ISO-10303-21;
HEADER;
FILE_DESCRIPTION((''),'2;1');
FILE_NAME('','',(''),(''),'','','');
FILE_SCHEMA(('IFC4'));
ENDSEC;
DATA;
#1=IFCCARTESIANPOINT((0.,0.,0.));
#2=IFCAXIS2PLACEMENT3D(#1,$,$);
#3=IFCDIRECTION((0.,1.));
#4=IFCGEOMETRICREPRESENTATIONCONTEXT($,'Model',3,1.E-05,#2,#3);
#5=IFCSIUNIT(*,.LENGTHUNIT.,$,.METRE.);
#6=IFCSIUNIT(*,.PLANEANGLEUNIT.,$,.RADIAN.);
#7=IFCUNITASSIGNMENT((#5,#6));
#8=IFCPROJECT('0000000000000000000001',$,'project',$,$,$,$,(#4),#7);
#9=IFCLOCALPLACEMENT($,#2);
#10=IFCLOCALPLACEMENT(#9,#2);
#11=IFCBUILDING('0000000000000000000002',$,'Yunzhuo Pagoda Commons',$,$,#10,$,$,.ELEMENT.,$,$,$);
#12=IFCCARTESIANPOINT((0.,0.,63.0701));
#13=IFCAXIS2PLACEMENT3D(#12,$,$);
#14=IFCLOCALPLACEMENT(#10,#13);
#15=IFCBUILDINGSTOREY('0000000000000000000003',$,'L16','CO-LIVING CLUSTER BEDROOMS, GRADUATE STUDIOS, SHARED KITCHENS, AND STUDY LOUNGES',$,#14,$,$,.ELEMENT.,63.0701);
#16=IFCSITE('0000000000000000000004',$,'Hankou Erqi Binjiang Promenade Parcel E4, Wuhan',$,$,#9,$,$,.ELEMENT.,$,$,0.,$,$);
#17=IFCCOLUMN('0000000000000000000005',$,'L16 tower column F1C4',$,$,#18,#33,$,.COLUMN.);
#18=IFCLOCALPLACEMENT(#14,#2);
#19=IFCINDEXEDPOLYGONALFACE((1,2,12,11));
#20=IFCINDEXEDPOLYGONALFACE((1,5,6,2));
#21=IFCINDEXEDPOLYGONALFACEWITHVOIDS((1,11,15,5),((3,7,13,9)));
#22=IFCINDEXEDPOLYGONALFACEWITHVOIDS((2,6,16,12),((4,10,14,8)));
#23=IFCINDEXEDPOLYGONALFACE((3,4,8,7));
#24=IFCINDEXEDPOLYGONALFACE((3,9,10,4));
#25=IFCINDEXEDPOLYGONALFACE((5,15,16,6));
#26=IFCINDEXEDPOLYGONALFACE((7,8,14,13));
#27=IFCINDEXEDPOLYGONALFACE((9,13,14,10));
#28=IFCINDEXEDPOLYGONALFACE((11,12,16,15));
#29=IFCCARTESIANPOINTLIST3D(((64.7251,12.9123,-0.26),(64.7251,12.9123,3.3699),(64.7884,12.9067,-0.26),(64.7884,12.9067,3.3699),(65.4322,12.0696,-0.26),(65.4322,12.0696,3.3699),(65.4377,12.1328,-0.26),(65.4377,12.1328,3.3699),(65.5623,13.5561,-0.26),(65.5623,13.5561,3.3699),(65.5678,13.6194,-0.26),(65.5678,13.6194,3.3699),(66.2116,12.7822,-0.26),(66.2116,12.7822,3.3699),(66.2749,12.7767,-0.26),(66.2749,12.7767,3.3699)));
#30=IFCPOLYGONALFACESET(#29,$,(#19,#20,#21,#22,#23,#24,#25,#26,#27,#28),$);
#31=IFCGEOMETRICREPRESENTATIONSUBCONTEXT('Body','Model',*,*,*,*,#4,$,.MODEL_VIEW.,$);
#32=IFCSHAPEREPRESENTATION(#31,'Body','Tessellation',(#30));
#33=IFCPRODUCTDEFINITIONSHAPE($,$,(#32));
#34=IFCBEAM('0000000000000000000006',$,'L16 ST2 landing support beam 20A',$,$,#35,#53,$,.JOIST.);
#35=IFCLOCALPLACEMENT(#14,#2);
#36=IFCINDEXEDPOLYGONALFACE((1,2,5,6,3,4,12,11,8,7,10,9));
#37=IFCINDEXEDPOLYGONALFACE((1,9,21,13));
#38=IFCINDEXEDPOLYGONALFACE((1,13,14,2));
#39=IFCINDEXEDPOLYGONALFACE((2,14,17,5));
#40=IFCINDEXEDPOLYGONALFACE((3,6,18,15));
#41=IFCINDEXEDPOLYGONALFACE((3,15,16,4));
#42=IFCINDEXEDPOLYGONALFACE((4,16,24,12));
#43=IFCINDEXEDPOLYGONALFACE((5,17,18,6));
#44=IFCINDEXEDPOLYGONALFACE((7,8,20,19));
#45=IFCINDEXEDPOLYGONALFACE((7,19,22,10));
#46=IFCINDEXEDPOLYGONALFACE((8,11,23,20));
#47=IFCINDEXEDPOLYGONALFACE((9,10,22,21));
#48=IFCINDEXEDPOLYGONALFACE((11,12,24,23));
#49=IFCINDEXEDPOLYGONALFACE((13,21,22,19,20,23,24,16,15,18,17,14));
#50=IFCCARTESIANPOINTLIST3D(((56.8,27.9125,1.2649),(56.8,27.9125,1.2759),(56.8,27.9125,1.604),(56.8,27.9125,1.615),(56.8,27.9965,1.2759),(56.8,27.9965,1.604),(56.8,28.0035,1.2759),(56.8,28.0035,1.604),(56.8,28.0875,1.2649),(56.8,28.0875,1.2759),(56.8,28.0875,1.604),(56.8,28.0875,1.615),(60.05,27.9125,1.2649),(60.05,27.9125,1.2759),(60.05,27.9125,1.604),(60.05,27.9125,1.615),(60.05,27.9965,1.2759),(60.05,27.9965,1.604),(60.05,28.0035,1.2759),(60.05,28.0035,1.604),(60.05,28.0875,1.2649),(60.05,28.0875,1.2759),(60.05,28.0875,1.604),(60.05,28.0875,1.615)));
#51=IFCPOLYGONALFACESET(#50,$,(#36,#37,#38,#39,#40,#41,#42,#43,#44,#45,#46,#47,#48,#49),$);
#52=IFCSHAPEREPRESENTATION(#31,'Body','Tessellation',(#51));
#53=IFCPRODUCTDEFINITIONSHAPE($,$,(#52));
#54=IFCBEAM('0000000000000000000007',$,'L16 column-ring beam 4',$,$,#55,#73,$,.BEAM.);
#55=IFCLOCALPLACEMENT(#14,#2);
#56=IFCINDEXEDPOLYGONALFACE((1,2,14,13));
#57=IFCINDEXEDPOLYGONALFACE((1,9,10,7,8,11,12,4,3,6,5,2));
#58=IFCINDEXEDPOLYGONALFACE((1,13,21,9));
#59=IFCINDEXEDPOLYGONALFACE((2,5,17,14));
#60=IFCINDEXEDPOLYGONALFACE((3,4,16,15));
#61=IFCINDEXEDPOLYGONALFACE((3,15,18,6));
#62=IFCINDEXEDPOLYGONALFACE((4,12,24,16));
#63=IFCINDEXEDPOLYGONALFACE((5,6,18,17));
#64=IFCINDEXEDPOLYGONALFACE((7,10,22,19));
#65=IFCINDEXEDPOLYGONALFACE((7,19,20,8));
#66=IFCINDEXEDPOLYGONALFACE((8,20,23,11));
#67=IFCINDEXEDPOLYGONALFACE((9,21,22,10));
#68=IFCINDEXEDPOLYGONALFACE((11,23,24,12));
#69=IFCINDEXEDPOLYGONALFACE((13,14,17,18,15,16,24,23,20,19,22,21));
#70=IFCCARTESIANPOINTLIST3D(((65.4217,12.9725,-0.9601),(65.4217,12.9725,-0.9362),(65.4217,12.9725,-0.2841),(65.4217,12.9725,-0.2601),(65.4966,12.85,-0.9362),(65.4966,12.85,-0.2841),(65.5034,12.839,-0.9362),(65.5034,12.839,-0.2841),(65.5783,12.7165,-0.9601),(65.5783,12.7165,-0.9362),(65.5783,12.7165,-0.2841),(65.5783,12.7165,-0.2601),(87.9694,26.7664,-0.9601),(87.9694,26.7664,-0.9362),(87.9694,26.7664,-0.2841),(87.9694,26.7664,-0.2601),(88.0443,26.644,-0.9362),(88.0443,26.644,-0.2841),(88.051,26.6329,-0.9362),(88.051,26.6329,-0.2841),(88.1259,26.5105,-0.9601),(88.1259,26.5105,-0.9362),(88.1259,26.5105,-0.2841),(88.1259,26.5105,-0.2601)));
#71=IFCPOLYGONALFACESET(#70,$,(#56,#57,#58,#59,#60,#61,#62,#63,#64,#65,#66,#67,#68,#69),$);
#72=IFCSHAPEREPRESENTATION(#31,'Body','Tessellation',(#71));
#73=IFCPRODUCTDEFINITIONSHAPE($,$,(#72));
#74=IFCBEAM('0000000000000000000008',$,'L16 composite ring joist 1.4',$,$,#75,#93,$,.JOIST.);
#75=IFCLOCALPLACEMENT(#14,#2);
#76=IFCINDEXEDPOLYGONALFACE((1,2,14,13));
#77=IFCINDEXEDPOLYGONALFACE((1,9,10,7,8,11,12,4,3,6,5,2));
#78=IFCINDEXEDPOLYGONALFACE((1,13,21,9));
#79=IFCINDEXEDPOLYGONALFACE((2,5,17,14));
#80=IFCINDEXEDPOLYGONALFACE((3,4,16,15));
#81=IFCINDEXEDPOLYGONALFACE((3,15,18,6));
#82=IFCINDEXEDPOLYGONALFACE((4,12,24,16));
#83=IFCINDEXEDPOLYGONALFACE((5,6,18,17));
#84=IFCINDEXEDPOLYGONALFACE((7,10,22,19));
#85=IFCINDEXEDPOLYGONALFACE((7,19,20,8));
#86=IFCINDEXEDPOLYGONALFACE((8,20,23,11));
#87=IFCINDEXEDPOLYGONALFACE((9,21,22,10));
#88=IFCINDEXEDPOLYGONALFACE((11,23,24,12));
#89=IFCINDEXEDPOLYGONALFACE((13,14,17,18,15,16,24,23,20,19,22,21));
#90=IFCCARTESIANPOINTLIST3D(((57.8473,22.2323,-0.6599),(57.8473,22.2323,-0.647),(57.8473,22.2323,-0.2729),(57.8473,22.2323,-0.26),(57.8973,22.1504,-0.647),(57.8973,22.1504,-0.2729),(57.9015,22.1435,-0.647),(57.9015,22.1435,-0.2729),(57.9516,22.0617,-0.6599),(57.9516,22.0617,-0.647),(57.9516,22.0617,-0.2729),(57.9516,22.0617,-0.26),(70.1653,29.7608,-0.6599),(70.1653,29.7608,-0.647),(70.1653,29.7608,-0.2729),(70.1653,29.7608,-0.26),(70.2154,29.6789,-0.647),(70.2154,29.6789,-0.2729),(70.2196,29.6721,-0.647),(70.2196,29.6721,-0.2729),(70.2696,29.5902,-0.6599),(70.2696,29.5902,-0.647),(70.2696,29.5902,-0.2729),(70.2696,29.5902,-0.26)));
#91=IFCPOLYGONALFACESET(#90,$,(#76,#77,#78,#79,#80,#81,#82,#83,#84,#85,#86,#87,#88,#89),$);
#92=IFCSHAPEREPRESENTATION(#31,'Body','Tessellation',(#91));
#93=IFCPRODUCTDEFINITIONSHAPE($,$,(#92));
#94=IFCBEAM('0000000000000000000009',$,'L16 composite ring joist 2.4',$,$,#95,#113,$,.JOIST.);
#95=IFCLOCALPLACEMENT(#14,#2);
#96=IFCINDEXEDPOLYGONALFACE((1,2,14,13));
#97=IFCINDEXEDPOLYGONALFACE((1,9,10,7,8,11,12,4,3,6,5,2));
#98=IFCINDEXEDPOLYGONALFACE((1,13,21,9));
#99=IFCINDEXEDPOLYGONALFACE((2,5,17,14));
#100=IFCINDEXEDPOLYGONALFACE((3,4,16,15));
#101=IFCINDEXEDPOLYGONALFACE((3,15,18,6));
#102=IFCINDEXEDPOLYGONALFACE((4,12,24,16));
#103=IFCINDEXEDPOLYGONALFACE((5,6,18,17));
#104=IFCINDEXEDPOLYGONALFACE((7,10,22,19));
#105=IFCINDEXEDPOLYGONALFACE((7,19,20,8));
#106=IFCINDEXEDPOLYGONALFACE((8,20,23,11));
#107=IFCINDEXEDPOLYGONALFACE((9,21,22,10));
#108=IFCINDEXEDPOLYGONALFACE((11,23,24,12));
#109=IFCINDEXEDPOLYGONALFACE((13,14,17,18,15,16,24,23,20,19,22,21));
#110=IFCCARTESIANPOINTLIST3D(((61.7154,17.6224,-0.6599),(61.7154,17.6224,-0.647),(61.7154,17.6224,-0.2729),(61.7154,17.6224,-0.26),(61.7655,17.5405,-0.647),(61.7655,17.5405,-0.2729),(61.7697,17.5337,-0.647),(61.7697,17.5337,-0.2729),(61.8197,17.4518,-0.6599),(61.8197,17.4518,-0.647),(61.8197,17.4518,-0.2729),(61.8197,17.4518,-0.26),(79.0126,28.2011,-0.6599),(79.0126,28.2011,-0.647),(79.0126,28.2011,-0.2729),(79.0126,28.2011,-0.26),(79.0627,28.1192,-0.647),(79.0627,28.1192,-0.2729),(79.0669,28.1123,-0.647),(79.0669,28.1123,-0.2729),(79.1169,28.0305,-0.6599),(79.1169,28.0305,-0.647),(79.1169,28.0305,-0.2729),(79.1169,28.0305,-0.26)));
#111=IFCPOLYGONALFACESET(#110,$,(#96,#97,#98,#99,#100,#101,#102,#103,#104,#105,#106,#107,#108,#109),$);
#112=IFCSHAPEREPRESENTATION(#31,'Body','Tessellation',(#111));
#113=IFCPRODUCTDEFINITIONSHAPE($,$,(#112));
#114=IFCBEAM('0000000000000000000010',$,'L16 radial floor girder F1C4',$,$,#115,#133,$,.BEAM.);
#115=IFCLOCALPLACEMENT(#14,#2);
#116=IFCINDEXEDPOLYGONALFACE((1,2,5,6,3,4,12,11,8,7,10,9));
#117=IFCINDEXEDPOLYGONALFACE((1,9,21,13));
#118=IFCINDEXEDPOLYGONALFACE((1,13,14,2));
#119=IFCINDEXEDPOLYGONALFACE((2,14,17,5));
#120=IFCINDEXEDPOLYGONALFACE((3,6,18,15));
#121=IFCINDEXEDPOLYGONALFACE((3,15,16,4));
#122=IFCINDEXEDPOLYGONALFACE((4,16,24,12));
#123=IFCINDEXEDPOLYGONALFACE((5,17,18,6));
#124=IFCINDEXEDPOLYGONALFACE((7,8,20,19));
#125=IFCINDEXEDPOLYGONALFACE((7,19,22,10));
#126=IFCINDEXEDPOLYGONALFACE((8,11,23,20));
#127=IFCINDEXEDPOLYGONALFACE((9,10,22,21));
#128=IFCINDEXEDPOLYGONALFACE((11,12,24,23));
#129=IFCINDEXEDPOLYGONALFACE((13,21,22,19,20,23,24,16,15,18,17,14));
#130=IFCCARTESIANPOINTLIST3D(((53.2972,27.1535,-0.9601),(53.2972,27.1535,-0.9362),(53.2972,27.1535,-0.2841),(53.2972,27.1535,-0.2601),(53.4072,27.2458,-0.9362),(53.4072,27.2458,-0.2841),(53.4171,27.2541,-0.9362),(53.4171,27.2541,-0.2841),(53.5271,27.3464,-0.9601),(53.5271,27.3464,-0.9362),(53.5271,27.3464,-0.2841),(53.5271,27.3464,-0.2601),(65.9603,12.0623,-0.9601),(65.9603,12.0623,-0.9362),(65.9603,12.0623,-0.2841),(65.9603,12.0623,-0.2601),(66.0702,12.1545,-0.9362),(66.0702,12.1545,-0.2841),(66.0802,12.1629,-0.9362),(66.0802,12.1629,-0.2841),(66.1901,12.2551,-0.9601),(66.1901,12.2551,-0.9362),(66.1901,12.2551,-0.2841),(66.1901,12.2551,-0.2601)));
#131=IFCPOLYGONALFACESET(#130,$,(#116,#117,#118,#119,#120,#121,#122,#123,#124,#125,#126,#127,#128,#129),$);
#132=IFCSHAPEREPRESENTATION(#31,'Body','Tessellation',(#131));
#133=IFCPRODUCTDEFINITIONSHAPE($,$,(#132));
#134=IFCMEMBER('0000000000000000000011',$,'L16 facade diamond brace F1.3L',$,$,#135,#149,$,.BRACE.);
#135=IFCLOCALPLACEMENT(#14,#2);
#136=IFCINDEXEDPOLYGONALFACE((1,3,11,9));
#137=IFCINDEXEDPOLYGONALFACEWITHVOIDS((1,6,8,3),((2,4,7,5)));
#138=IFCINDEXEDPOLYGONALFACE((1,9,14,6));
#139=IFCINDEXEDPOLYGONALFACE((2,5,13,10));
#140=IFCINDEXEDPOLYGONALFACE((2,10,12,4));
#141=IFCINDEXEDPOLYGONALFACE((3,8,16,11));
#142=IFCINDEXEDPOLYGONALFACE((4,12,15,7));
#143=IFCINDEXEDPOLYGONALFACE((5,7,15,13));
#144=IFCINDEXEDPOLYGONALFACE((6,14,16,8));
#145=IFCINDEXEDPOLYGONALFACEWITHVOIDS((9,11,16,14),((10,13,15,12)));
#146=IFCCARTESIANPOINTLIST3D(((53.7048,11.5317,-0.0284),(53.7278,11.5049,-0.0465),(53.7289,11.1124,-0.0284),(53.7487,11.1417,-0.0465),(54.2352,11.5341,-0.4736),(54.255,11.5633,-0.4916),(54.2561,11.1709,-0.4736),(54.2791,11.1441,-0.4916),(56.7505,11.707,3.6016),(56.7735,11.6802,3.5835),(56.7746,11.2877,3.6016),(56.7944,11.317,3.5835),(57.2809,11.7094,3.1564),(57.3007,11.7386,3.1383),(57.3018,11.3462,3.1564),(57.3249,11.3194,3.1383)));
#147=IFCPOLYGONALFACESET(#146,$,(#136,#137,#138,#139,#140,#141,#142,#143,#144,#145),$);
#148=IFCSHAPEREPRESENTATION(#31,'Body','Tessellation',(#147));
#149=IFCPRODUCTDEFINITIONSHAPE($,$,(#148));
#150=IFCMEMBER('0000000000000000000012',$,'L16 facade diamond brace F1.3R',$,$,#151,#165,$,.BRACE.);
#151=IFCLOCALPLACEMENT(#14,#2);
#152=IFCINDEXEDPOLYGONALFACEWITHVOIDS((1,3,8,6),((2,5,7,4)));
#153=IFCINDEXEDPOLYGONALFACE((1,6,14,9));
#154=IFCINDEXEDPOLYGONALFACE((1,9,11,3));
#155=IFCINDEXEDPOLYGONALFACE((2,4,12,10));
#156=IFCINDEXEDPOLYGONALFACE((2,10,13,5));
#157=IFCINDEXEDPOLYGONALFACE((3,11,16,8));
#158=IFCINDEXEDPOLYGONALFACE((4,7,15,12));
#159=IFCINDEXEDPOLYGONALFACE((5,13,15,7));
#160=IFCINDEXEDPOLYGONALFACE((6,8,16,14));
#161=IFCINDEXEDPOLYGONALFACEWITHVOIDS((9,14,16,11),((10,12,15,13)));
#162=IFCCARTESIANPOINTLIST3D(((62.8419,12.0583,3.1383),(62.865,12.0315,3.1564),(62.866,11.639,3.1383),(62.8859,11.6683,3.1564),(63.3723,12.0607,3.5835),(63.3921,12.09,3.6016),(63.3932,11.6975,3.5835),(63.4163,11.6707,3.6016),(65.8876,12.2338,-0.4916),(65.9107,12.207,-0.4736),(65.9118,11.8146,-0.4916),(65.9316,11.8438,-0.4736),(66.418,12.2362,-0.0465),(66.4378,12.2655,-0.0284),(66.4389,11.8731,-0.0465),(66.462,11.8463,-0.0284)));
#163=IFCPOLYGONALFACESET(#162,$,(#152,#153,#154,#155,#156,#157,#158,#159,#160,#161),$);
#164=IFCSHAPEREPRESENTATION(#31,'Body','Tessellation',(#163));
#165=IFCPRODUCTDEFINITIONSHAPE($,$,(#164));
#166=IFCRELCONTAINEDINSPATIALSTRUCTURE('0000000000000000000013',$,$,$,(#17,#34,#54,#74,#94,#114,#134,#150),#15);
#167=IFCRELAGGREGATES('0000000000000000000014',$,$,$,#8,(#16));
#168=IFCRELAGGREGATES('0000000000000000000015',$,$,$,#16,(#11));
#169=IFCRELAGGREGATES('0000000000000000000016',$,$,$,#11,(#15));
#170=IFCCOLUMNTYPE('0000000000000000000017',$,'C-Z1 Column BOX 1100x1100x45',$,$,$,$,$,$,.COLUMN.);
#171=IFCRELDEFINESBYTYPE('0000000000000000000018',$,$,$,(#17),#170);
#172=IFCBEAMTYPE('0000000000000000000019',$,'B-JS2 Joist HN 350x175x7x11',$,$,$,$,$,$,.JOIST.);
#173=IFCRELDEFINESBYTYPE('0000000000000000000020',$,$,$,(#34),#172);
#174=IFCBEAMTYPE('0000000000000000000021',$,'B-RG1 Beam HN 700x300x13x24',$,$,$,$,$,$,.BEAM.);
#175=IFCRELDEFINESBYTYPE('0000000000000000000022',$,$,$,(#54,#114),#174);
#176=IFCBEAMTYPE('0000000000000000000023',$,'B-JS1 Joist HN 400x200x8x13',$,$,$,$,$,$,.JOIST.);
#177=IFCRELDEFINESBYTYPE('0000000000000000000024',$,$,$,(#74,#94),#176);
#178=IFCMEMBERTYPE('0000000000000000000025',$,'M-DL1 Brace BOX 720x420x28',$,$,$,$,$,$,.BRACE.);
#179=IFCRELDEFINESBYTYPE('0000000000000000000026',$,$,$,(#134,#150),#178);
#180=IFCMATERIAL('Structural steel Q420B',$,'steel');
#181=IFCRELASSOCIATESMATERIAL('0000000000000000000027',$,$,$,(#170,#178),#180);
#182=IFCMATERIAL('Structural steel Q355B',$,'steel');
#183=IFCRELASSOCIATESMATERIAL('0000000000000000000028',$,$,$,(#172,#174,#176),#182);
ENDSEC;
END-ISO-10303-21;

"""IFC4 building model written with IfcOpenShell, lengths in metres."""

from ifc_helpers import new_model, si_unit, direction, frame, origin, origin_2d, place, context, subcontext, project, spatial, hollow_rectangle, i_section, extrude, source, transform, mapped, material, material_profile, profile_set, type_object, element, save


model = new_model("IFC4")

# Units and contexts
model_context = context("Model", 3, precision=1e-05, world=origin(), true_north=direction((0.0, 1.0)))
body_context = subcontext(model_context, "Body", "Model", "MODEL_VIEW")
ifc_project = project(units=[si_unit("LENGTHUNIT", "METRE"), si_unit("PLANEANGLEUNIT", "RADIAN")], contexts=[model_context])

# Site, building, storey
site_placement = place(None, origin())
site = spatial("IfcSite", under=ifc_project, at=site_placement, Name="Hankou Erqi Binjiang Promenade Parcel E4, Wuhan", CompositionType="ELEMENT", RefElevation=0.0)
building_placement = place(site_placement, origin())
building = spatial("IfcBuilding", under=site, at=building_placement, Name="Yunzhuo Pagoda Commons", CompositionType="ELEMENT")
storey_placement = place(building_placement, frame((0.0, 0.0, 63.0701)))
storey = spatial("IfcBuildingStorey", under=building, at=storey_placement, Name="L16", Description="CO-LIVING CLUSTER BEDROOMS, GRADUATE STUDIOS, SHARED KITCHENS, AND STUDY LOUNGES", CompositionType="ELEMENT", Elevation=63.0701)

# Column
ifc_material_1 = material(Name="Structural steel Q420B", Category="steel")
ifc_material_profile_1 = material_profile(ifc_material_1, hollow_rectangle(XDim=1.1001, YDim=1.1001, WallThickness=0.0449, at=origin_2d()), Name="Structural steel Q420B")
ifc_profile_set_1 = profile_set([ifc_material_profile_1], Name="Structural steel Q420B")
column_type = type_object("IfcColumnType", Name="C-Z1 Column BOX 1100x1100x45", PredefinedType="COLUMN", material=ifc_profile_set_1)
shared_shape_1 = source(origin(), body_context, "Body", "SweptSolid", [
    extrude(hollow_rectangle(XDim=1.1001, YDim=1.1001, WallThickness=0.0449, at=origin_2d()), origin(), (0.0, 0.0, 1.0), 3.6299),
])
column_placement = place(storey_placement, frame((65.5, 12.8445, -0.26), z_axis=(0.0, 0.0, 1.0), x_axis=(0.766044, 0.642788, 0.0)))
element("IfcColumn", 1, at=column_placement, inside=storey, type_object=column_type, Name="L16 tower column F1C4", PredefinedType="COLUMN", context=body_context, shape_type="MappedRepresentation", body=[
    mapped(shared_shape_1, transform((0.0, 0.0, 0.0), scale=1.0)),
])

# Beams
ifc_material_2 = material(Name="Structural steel Q355B", Category="steel")
ifc_material_profile_2 = material_profile(ifc_material_2, i_section(OverallWidth=0.175, OverallDepth=0.3501, WebThickness=0.0071, FlangeThickness=0.011, at=origin_2d()), Name="Structural steel Q355B")
ifc_profile_set_2 = profile_set([ifc_material_profile_2], Name="Structural steel Q355B")
beam_type_1 = type_object("IfcBeamType", Name="B-JS2 Joist HN 350x175x7x11", PredefinedType="JOIST", material=ifc_profile_set_2)
shared_shape_2 = source(origin(), body_context, "Body", "SweptSolid", [
    extrude(i_section(OverallWidth=0.175, OverallDepth=0.3501, WebThickness=0.0071, FlangeThickness=0.011, at=origin_2d()), origin(), (0.0, 0.0, 1.0), 3.25),
])
beam_1_placement = place(storey_placement, frame((56.8, 28.0, 1.4399), z_axis=(1.0, 0.0, 0.0), x_axis=(0.0, 1.0, 0.0)))
element("IfcBeam", 2, at=beam_1_placement, inside=storey, type_object=beam_type_1, Name="L16 ST2 landing support beam 20A", PredefinedType="JOIST", context=body_context, shape_type="MappedRepresentation", body=[
    mapped(shared_shape_2, transform((0.0, 0.0, 0.0), scale=1.0)),
])
ifc_material_profile_3 = material_profile(ifc_material_2, i_section(OverallWidth=0.3, OverallDepth=0.7, WebThickness=0.0129, FlangeThickness=0.0239, at=origin_2d()), Name="Structural steel Q355B")
ifc_profile_set_3 = profile_set([ifc_material_profile_3], Name="Structural steel Q355B")
beam_type_2 = type_object("IfcBeamType", Name="B-RG1 Beam HN 700x300x13x24", PredefinedType="BEAM", material=ifc_profile_set_3)
shared_shape_3 = source(origin(), body_context, "Body", "SweptSolid", [
    extrude(i_section(OverallWidth=0.3, OverallDepth=0.7, WebThickness=0.0129, FlangeThickness=0.0239, at=origin_2d()), origin(), (0.0, 0.0, 1.0), 26.4324),
])
beam_2_placement = place(storey_placement, frame((65.5, 12.8445, -0.6101), z_axis=(0.853032, 0.521859, 0.0), x_axis=(-0.521859, 0.853032, 0.0)))
element("IfcBeam", 3, at=beam_2_placement, inside=storey, type_object=beam_type_2, Name="L16 column-ring beam 4", PredefinedType="BEAM", context=body_context, shape_type="MappedRepresentation", body=[
    mapped(shared_shape_3, transform((0.0, 0.0, 0.0), scale=1.0)),
])
ifc_material_profile_4 = material_profile(ifc_material_2, i_section(OverallWidth=0.2, OverallDepth=0.3999, WebThickness=0.0081, FlangeThickness=0.0129, at=origin_2d()), Name="Structural steel Q355B")
ifc_profile_set_4 = profile_set([ifc_material_profile_4], Name="Structural steel Q355B")
beam_type_3 = type_object("IfcBeamType", Name="B-JS1 Joist HN 400x200x8x13", PredefinedType="JOIST", material=ifc_profile_set_4)
shared_shape_4 = source(origin(), body_context, "Body", "SweptSolid", [
    extrude(i_section(OverallWidth=0.2, OverallDepth=0.3999, WebThickness=0.0081, FlangeThickness=0.0129, at=origin_2d()), origin(), (0.0, 0.0, 1.0), 14.4365),
])
beam_3_placement = place(storey_placement, frame((57.8994, 22.147, -0.46), z_axis=(0.853256, 0.521492, 0.0), x_axis=(-0.521492, 0.853256, 0.0)))
element("IfcBeam", 4, at=beam_3_placement, inside=storey, type_object=beam_type_3, Name="L16 composite ring joist 1.4", PredefinedType="JOIST", context=body_context, shape_type="MappedRepresentation", body=[
    mapped(shared_shape_4, transform((0.0, 0.0, 0.0), scale=1.0)),
])
shared_shape_5 = source(origin(), body_context, "Body", "SweptSolid", [
    extrude(i_section(OverallWidth=0.2, OverallDepth=0.3999, WebThickness=0.0081, FlangeThickness=0.0129, at=origin_2d()), origin(), (0.0, 0.0, 1.0), 20.2756),
])
beam_4_placement = place(storey_placement, frame((61.7676, 17.5371, -0.46), z_axis=(0.853103, 0.521743, 0.0), x_axis=(-0.521743, 0.853103, 0.0)))
element("IfcBeam", 5, at=beam_4_placement, inside=storey, type_object=beam_type_3, Name="L16 composite ring joist 2.4", PredefinedType="JOIST", context=body_context, shape_type="MappedRepresentation", body=[
    mapped(shared_shape_5, transform((0.0, 0.0, 0.0), scale=1.0)),
])
shared_shape_6 = source(origin(), body_context, "Body", "SweptSolid", [
    extrude(i_section(OverallWidth=0.3, OverallDepth=0.7, WebThickness=0.0129, FlangeThickness=0.0239, at=origin_2d()), origin(), (0.0, 0.0, 1.0), 19.7002),
])
beam_5_placement = place(storey_placement, frame((66.0752, 12.1587, -0.6101), z_axis=(-0.642787, 0.766045, 0.0), x_axis=(-0.766045, -0.642787, 0.0)))
element("IfcBeam", 6, at=beam_5_placement, inside=storey, type_object=beam_type_2, Name="L16 radial floor girder F1C4", PredefinedType="BEAM", context=body_context, shape_type="MappedRepresentation", body=[
    mapped(shared_shape_6, transform((0.0, 0.0, 0.0), scale=1.0)),
])

# Members
ifc_material_profile_5 = material_profile(ifc_material_1, hollow_rectangle(XDim=0.4199, YDim=0.72, WallThickness=0.0281, at=origin_2d()), Name="Structural steel Q420B")
ifc_profile_set_5 = profile_set([ifc_material_profile_5], Name="Structural steel Q420B")
member_type_1 = type_object("IfcMemberType", Name="M-DL1 Brace BOX 720x420x28", PredefinedType="BRACE", material=ifc_profile_set_5)
shared_shape_7 = source(origin(), body_context, "Body", "SweptSolid", [
    extrude(hollow_rectangle(XDim=0.4199, YDim=0.72, WallThickness=0.0281, at=origin_2d()), origin(), (0.0, 0.0, 1.0), 4.7417),
])
for number, where, z_axis, x_axis, name in (
    (7, (53.9919, 11.3379, -0.26), (0.642326, 0.036969, 0.765539), (-0.05746, 0.998348, 0.0), "L16 facade diamond brace F1.3L"),
    (8, (66.1748, 12.04, -0.26), (-0.642325, -0.037021, 0.765538), (0.05754, -0.998343, 0.0), "L16 facade diamond brace F1.3R"),
):
    element("IfcMember", number, at=place(storey_placement, frame(where, z_axis=z_axis, x_axis=x_axis)), inside=storey, type_object=member_type_1, Name=name, PredefinedType="BRACE", context=body_context, shape_type="MappedRepresentation", body=[
        mapped(shared_shape_7, transform((0.0, 0.0, 0.0), scale=1.0)),
    ])

save(model, "model.ifc")
